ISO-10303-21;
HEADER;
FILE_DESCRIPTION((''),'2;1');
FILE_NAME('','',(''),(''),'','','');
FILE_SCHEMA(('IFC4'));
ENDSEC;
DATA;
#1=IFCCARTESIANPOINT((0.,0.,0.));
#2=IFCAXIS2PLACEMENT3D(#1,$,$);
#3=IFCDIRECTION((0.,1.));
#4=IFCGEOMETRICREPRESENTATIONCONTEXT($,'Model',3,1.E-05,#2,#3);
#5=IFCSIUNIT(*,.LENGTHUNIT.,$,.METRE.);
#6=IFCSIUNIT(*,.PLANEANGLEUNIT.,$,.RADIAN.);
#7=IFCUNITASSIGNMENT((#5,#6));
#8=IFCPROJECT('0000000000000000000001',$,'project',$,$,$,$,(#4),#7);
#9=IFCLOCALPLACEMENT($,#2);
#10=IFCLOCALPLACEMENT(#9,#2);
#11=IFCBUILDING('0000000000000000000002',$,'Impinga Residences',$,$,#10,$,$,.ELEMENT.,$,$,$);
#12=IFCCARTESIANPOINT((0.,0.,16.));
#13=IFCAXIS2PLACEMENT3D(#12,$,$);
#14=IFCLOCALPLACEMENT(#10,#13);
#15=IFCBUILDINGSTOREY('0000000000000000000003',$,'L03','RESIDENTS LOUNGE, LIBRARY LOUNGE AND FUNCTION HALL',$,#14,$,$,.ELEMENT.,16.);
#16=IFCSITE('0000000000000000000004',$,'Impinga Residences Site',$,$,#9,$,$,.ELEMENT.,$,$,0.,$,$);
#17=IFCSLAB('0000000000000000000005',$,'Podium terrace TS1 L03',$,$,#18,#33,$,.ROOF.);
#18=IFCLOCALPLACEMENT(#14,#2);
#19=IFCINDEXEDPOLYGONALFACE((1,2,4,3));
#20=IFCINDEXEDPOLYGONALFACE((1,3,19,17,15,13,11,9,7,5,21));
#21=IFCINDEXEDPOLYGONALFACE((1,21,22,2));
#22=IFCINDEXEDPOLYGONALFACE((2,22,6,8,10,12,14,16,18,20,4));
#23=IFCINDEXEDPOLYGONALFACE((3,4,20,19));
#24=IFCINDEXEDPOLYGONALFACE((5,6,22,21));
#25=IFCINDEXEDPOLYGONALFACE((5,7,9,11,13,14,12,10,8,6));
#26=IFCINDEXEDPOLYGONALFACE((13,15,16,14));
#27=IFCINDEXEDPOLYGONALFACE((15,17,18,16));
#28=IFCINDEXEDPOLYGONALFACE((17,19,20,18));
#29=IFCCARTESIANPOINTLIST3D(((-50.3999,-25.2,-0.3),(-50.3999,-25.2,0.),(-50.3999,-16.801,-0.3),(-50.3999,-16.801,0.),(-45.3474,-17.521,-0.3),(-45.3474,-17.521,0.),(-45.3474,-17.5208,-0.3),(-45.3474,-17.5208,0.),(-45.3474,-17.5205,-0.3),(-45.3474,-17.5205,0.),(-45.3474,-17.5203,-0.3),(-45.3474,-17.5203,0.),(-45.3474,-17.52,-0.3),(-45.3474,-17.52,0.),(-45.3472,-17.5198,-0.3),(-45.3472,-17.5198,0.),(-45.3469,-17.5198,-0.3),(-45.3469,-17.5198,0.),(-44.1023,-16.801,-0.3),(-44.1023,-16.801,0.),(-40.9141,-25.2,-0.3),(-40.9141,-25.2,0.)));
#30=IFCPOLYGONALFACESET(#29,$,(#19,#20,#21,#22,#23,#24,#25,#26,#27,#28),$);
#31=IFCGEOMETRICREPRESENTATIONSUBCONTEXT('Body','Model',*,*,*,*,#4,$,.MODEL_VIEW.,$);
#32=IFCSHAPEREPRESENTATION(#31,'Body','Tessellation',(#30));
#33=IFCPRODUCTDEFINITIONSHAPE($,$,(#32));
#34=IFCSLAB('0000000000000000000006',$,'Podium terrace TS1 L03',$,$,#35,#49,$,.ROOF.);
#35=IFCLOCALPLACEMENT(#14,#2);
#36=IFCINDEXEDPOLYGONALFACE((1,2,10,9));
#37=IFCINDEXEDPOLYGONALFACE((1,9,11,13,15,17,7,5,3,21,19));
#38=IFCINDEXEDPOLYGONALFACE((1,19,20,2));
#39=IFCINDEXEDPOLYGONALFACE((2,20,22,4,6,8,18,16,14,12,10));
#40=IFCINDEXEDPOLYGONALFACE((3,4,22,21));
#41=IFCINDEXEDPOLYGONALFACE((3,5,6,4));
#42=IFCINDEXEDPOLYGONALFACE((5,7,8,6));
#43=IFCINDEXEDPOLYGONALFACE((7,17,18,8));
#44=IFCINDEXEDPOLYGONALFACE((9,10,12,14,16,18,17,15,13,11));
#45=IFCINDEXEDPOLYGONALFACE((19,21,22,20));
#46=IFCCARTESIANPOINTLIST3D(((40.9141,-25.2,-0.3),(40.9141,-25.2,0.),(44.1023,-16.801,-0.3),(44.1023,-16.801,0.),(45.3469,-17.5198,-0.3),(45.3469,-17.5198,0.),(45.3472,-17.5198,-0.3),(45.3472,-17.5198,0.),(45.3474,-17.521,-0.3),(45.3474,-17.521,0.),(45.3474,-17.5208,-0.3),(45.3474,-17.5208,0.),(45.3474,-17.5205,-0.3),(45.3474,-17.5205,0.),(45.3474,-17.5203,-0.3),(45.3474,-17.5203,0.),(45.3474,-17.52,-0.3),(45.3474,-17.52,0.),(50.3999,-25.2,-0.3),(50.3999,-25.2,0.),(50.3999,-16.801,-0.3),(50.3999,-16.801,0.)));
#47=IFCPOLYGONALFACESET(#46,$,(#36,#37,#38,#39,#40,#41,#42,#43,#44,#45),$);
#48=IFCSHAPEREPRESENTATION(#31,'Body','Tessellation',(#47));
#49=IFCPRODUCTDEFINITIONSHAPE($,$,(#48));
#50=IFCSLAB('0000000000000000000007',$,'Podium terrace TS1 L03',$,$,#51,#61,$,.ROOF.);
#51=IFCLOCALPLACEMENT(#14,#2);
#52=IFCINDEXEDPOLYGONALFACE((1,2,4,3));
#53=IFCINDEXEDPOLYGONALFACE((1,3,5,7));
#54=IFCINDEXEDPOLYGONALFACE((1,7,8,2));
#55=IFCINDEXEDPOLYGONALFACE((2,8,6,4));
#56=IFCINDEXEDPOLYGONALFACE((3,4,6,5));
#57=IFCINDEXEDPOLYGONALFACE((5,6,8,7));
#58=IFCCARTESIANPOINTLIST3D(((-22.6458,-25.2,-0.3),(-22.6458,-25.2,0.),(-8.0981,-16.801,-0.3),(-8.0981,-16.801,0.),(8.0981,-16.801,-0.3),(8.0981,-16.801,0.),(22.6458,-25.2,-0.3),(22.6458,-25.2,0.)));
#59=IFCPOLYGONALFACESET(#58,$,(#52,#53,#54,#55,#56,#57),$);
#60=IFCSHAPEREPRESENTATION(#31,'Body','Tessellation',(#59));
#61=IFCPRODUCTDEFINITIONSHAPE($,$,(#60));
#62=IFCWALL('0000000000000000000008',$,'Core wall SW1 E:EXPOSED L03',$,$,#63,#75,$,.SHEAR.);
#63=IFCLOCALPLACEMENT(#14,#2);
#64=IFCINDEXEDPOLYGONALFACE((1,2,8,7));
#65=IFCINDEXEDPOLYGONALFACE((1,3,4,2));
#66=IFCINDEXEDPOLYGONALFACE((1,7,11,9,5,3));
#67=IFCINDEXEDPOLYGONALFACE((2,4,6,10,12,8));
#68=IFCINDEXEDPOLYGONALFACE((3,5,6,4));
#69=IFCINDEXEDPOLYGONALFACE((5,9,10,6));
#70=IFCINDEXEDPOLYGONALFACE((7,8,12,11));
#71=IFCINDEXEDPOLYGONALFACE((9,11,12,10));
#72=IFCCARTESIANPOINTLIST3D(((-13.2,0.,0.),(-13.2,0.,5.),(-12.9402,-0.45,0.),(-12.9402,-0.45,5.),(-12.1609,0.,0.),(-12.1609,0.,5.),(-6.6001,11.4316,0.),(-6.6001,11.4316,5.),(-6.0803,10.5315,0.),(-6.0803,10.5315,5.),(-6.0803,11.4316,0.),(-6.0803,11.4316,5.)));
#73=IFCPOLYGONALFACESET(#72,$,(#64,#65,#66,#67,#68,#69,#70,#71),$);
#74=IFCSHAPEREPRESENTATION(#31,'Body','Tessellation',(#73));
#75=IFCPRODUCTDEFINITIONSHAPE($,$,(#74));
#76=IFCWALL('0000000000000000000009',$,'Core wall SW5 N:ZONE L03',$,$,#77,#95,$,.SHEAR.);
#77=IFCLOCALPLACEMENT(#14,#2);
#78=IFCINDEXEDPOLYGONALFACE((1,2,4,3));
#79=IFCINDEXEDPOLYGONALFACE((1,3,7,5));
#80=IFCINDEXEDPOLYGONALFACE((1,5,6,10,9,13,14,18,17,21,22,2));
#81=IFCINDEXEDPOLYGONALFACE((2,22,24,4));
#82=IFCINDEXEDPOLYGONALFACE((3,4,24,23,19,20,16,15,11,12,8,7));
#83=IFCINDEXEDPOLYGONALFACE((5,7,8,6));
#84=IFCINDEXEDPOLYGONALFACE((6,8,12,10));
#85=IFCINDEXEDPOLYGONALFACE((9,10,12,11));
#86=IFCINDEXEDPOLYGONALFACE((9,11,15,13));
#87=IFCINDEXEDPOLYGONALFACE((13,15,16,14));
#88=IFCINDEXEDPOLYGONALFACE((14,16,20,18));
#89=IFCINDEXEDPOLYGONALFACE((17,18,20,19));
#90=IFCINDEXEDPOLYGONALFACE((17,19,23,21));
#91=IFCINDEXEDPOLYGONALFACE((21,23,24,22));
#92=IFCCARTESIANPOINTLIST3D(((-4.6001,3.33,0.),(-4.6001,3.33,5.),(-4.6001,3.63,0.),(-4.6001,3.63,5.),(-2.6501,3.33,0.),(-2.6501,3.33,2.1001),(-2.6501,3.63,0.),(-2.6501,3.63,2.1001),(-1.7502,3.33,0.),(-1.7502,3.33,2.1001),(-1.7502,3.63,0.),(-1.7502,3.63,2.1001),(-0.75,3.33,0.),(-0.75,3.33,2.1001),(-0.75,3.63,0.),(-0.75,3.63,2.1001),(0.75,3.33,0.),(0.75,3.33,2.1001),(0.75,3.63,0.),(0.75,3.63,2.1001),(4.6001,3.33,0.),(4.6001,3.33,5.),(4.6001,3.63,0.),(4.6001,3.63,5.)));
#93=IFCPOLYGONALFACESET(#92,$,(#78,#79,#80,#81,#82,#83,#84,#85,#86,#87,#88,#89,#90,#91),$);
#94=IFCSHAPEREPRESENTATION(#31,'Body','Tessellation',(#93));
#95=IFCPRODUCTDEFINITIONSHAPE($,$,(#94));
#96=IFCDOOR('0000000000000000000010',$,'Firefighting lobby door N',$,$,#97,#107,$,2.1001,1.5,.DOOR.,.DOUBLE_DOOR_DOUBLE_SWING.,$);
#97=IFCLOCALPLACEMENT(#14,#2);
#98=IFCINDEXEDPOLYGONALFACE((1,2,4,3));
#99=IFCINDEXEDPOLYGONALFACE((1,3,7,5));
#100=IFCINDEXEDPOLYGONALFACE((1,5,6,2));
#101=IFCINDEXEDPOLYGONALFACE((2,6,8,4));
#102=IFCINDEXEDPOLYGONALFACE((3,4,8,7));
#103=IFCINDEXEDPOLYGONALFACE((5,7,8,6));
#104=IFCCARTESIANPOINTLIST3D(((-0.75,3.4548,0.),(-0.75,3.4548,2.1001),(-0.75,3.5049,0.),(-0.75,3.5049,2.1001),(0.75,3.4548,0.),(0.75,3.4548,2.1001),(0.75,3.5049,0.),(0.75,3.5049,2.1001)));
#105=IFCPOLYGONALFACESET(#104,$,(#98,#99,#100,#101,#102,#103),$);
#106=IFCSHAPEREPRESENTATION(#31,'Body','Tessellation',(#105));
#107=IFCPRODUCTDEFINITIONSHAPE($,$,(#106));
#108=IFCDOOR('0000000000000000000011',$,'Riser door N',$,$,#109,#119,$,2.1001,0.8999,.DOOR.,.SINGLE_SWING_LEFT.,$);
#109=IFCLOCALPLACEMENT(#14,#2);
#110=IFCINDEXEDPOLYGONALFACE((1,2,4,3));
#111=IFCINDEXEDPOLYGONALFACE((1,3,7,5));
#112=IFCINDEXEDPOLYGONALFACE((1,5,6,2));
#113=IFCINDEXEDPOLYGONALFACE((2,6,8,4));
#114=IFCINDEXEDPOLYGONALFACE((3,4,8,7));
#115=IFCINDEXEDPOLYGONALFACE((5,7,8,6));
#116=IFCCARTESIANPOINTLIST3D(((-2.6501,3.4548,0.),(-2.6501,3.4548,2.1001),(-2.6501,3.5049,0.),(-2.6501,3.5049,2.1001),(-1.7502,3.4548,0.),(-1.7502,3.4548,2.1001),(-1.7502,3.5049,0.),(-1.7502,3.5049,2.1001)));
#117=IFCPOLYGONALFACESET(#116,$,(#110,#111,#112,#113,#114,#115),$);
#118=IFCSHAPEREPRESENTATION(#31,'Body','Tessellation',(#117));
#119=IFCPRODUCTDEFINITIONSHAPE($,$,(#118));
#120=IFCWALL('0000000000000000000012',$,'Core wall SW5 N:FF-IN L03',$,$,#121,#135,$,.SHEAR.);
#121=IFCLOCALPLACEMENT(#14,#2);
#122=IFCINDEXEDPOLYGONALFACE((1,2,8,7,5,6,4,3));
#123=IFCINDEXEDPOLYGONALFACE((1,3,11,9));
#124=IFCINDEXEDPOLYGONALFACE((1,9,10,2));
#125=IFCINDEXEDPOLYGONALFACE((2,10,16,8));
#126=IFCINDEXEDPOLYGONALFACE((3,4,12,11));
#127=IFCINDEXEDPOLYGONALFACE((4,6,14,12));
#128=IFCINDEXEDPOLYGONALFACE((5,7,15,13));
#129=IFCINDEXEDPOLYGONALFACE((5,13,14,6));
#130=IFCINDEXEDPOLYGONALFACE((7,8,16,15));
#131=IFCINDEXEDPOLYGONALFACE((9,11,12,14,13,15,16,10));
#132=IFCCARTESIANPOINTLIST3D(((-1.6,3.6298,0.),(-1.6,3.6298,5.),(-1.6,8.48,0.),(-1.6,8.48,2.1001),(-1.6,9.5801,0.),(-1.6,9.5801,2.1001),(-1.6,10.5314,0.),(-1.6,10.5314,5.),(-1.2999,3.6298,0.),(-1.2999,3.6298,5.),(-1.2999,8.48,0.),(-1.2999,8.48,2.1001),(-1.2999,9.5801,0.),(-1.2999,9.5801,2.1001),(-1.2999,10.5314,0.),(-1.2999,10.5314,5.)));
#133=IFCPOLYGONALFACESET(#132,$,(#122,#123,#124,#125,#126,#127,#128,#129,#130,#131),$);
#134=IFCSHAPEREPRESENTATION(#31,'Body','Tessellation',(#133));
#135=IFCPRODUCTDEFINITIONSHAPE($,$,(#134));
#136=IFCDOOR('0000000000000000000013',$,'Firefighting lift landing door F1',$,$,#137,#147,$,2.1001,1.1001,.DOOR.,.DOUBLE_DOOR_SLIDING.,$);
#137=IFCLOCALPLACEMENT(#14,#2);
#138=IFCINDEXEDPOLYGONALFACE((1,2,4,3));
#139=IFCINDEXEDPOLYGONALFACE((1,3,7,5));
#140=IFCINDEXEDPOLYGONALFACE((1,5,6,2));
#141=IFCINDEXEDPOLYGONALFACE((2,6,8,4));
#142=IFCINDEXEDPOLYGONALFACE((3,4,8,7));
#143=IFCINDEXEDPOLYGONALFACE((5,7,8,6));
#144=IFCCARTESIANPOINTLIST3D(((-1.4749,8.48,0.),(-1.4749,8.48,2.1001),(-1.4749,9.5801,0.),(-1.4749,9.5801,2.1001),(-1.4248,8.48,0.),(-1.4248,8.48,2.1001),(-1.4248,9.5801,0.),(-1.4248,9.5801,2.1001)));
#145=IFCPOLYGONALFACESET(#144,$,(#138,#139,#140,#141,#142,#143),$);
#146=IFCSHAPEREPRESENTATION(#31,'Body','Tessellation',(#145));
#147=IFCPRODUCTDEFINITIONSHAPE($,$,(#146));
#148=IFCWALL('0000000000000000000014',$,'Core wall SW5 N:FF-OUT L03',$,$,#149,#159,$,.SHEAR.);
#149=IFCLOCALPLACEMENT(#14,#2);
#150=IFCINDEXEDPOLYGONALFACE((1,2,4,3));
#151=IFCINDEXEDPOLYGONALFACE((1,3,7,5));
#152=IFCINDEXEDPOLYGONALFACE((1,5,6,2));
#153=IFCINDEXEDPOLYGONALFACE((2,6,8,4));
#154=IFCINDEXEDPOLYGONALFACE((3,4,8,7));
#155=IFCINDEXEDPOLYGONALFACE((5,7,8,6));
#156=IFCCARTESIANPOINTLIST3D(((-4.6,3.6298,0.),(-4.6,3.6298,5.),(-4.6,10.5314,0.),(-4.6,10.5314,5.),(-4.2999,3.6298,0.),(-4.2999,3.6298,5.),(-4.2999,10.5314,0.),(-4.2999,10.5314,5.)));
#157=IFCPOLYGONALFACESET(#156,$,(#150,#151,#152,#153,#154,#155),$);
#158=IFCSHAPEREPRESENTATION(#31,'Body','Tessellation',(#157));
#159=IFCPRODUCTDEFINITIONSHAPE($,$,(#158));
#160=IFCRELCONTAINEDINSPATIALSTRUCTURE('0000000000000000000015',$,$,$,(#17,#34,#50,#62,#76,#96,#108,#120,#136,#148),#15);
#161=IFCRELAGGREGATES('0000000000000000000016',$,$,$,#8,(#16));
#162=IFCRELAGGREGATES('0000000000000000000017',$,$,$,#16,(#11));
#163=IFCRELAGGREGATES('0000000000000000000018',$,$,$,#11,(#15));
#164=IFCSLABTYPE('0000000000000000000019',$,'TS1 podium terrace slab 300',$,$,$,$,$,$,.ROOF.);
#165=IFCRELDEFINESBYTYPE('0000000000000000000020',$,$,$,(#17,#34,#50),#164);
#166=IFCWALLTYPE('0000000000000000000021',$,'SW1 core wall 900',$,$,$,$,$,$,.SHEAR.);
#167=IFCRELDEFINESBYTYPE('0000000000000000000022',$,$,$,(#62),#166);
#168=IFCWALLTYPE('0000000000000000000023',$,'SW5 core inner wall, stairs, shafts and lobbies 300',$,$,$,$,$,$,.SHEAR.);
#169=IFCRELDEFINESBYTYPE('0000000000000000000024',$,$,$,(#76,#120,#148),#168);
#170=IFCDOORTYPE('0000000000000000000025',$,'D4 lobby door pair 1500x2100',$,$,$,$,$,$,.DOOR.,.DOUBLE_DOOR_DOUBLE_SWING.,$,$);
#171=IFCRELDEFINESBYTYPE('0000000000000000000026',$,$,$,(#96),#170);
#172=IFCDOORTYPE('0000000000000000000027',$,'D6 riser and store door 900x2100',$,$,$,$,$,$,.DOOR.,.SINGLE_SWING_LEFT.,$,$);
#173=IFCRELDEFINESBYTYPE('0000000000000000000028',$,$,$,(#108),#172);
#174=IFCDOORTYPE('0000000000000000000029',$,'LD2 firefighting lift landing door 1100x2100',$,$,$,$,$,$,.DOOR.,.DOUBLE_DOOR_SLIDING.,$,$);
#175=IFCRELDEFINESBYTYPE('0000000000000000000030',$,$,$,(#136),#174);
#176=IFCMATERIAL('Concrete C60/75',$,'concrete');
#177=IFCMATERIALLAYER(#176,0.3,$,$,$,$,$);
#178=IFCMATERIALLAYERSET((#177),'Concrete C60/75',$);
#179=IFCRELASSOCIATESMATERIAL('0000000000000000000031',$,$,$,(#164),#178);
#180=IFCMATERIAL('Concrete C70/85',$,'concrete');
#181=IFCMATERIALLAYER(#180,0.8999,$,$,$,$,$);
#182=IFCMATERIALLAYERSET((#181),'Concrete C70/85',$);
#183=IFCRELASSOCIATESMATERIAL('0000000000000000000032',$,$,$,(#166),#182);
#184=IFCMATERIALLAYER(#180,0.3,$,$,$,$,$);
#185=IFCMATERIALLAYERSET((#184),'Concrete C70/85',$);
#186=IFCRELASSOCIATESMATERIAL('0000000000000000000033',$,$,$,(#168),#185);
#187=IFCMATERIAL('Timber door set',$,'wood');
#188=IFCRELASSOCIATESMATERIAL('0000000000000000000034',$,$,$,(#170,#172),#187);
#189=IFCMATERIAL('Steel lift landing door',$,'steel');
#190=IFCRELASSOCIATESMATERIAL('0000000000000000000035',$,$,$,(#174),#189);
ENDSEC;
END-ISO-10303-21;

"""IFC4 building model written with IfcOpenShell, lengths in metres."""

from ifc_helpers import new_model, si_unit, direction, frame, frame_2d, origin, place, context, subcontext, project, spatial, polyline, rectangle, outline, extrude, material, layer, layer_set, type_object, element, fill, save


model = new_model("IFC4")

# Units and contexts
model_context = context("Model", 3, precision=1e-05, world=origin(), true_north=direction((0.0, 1.0)))
body_context = subcontext(model_context, "Body", "Model", "MODEL_VIEW")
ifc_project = project(units=[si_unit("LENGTHUNIT", "METRE"), si_unit("PLANEANGLEUNIT", "RADIAN")], contexts=[model_context])

# Site, building, storey
site_placement = place(None, origin())
site = spatial("IfcSite", under=ifc_project, at=site_placement, Name="Impinga Residences Site", CompositionType="ELEMENT", RefElevation=0.0)
building_placement = place(site_placement, origin())
building = spatial("IfcBuilding", under=site, at=building_placement, Name="Impinga Residences", CompositionType="ELEMENT")
storey_placement = place(building_placement, frame((0.0, 0.0, 16.0)))
storey = spatial("IfcBuildingStorey", under=building, at=storey_placement, Name="L03", Description="RESIDENTS LOUNGE, LIBRARY LOUNGE AND FUNCTION HALL", CompositionType="ELEMENT", Elevation=16.0)

# Shared definitions
ifc_material_1 = material(Name="Concrete C60/75", Category="concrete")

# Slabs
ifc_layer_1 = layer(ifc_material_1, 0.3)
ifc_layer_set_1 = layer_set([ifc_layer_1], Name="Concrete C60/75")
slab_type_1 = type_object("IfcSlabType", Name="TS1 podium terrace slab 300", PredefinedType="ROOF", material=ifc_layer_set_1)
slab_1_placement = place(storey_placement, frame((0.0, 0.0, -0.3)))
element("IfcSlab", 1, at=slab_1_placement, inside=storey, type_object=slab_type_1, Name="Podium terrace TS1 L03", PredefinedType="ROOF", context=body_context, shape_type="SweptSolid", body=[
    extrude(outline(polyline([(-50.3999, -25.2), (-50.3999, -16.801), (-44.1023, -16.801), (-45.3469, -17.5198), (-45.3472, -17.5198), (-45.3472, -17.5198), (-45.3472, -17.5198), (-45.3474, -17.52), (-45.3474, -17.52), (-45.3474, -17.52), (-45.3474, -17.5203), (-45.3474, -17.5203), (-45.3474, -17.5205), (-45.3474, -17.5205), (-45.3474, -17.5205), (-45.3474, -17.5208), (-45.3474, -17.5208), (-45.3474, -17.521), (-45.3474, -17.521), (-45.3474, -17.521), (-40.9141, -25.2), (-50.3999, -25.2)])), origin(), (0.0, 0.0, 1.0), 0.3),
])
slab_2_placement = place(storey_placement, frame((0.0, 0.0, -0.3)))
element("IfcSlab", 2, at=slab_2_placement, inside=storey, type_object=slab_type_1, Name="Podium terrace TS1 L03", PredefinedType="ROOF", context=body_context, shape_type="SweptSolid", body=[
    extrude(outline(polyline([(50.3999, -25.2), (40.9141, -25.2), (45.3474, -17.521), (45.3474, -17.521), (45.3474, -17.521), (45.3474, -17.5208), (45.3474, -17.5208), (45.3474, -17.5205), (45.3474, -17.5205), (45.3474, -17.5205), (45.3474, -17.5203), (45.3474, -17.5203), (45.3474, -17.52), (45.3474, -17.52), (45.3474, -17.52), (45.3472, -17.5198), (45.3472, -17.5198), (45.3472, -17.5198), (45.3469, -17.5198), (44.1023, -16.801), (50.3999, -16.801), (50.3999, -25.2)])), origin(), (0.0, 0.0, 1.0), 0.3),
])
slab_3_placement = place(storey_placement, frame((0.0, 0.0, -0.3)))
element("IfcSlab", 3, at=slab_3_placement, inside=storey, type_object=slab_type_1, Name="Podium terrace TS1 L03", PredefinedType="ROOF", context=body_context, shape_type="SweptSolid", body=[
    extrude(outline(polyline([(-22.6458, -25.2), (-8.0981, -16.801), (8.0981, -16.801), (22.6458, -25.2), (-22.6458, -25.2)])), origin(), (0.0, 0.0, 1.0), 0.3),
])

# Wall
ifc_material_2 = material(Name="Concrete C70/85", Category="concrete")
ifc_layer_2 = layer(ifc_material_2, 0.8999)
ifc_layer_set_2 = layer_set([ifc_layer_2], Name="Concrete C70/85")
wall_type_1 = type_object("IfcWallType", Name="SW1 core wall 900", PredefinedType="SHEAR", material=ifc_layer_set_2)
wall_1_placement = place(storey_placement, origin())
element("IfcWall", 4, at=wall_1_placement, inside=storey, type_object=wall_type_1, Name="Core wall SW1 E:EXPOSED L03", PredefinedType="SHEAR", context=body_context, shape_type="SweptSolid", body=[
    extrude(outline(polyline([(-6.6001, 11.4316), (-13.2, 0.0), (-12.9402, -0.45), (-12.1609, 0.0), (-6.0803, 10.5315), (-6.0803, 11.4316), (-6.6001, 11.4316)])), origin(), (0.0, 0.0, 1.0), 5.0),
])

# Wall, openings, doors
ifc_layer_3 = layer(ifc_material_2, 0.3)
ifc_layer_set_3 = layer_set([ifc_layer_3], Name="Concrete C70/85")
wall_type_2 = type_object("IfcWallType", Name="SW5 core inner wall, stairs, shafts and lobbies 300", PredefinedType="SHEAR", material=ifc_layer_set_3)
wall_2_placement = place(storey_placement, frame((-4.6001, 3.48, 0.0), z_axis=(0.0, 0.0, 1.0), x_axis=(1.0, 0.0, 0.0)))
wall_2 = element("IfcWall", 5, at=wall_2_placement, inside=storey, type_object=wall_type_2, Name="Core wall SW5 N:ZONE L03", PredefinedType="SHEAR", context=body_context, shape_type="SweptSolid", body=[
    extrude(rectangle(XDim=9.2002, YDim=0.3, at=frame_2d((4.6001, 0.0))), origin(), (0.0, 0.0, 1.0), 5.0),
])
opening_1_placement = place(wall_2_placement, frame((3.8501, 0.0, 0.0)))
opening_1 = element("IfcOpeningElement", 6, at=opening_1_placement, cuts=wall_2, PredefinedType="OPENING", context=body_context, shape_type="SweptSolid", body=[
    extrude(rectangle(XDim=1.5, YDim=2.1001, at=frame_2d((0.75, 1.05))), frame((0.0, 0.1599, 0.0), z_axis=(0.0, -1.0, 0.0), x_axis=(1.0, 0.0, 0.0)), (0.0, 0.0, 1.0), 0.3201),
])
opening_2_placement = place(wall_2_placement, frame((1.95, 0.0, 0.0)))
opening_2 = element("IfcOpeningElement", 7, at=opening_2_placement, cuts=wall_2, PredefinedType="OPENING", context=body_context, shape_type="SweptSolid", body=[
    extrude(rectangle(XDim=0.8999, YDim=2.1001, at=frame_2d((0.45, 1.05))), frame((0.0, 0.1599, 0.0), z_axis=(0.0, -1.0, 0.0), x_axis=(1.0, 0.0, 0.0)), (0.0, 0.0, 1.0), 0.3201),
])
ifc_material_3 = material(Name="Timber door set", Category="wood")
door_type_1 = type_object("IfcDoorType", Name="D4 lobby door pair 1500x2100", OperationType="DOUBLE_DOOR_DOUBLE_SWING", PredefinedType="DOOR", material=ifc_material_3)
door_1_placement = place(opening_1_placement, origin())
door_1 = element("IfcDoor", 8, at=door_1_placement, inside=storey, type_object=door_type_1, Name="Firefighting lobby door N", OperationType="DOUBLE_DOOR_DOUBLE_SWING", OverallHeight=2.1001, OverallWidth=1.5, PredefinedType="DOOR", context=body_context, shape_type="SweptSolid", body=[
    extrude(rectangle(XDim=1.5, YDim=2.1001, at=frame_2d((0.75, 1.05))), frame((0.0, 0.0249, 0.0), z_axis=(0.0, -1.0, 0.0), x_axis=(1.0, 0.0, 0.0)), (0.0, 0.0, 1.0), 0.05),
])
fill(opening_1, door_1)
door_type_2 = type_object("IfcDoorType", Name="D6 riser and store door 900x2100", OperationType="SINGLE_SWING_LEFT", PredefinedType="DOOR", material=ifc_material_3)
door_2_placement = place(opening_2_placement, origin())
door_2 = element("IfcDoor", 9, at=door_2_placement, inside=storey, type_object=door_type_2, Name="Riser door N", OperationType="SINGLE_SWING_LEFT", OverallHeight=2.1001, OverallWidth=0.8999, PredefinedType="DOOR", context=body_context, shape_type="SweptSolid", body=[
    extrude(rectangle(XDim=0.8999, YDim=2.1001, at=frame_2d((0.45, 1.05))), frame((0.0, 0.0249, 0.0), z_axis=(0.0, -1.0, 0.0), x_axis=(1.0, 0.0, 0.0)), (0.0, 0.0, 1.0), 0.05),
])
fill(opening_2, door_2)

# Wall, opening, door
wall_3_placement = place(storey_placement, frame((-1.45, 3.6299, 0.0), z_axis=(0.0, 0.0, 1.0), x_axis=(0.0, 1.0, 0.0)))
wall_3 = element("IfcWall", 10, at=wall_3_placement, inside=storey, type_object=wall_type_2, Name="Core wall SW5 N:FF-IN L03", PredefinedType="SHEAR", context=body_context, shape_type="SweptSolid", body=[
    extrude(rectangle(XDim=6.9016, YDim=0.3, at=frame_2d((3.4507, 0.0))), origin(), (0.0, 0.0, 1.0), 5.0),
])
opening_3_placement = place(wall_3_placement, frame((4.8501, 0.0, 0.0)))
opening_3 = element("IfcOpeningElement", 11, at=opening_3_placement, cuts=wall_3, PredefinedType="OPENING", context=body_context, shape_type="SweptSolid", body=[
    extrude(rectangle(XDim=1.1001, YDim=2.1001, at=frame_2d((0.55, 1.05))), frame((0.0, 0.1599, 0.0), z_axis=(0.0, -1.0, 0.0), x_axis=(1.0, 0.0, 0.0)), (0.0, 0.0, 1.0), 0.3201),
])
ifc_material_4 = material(Name="Steel lift landing door", Category="steel")
door_type_3 = type_object("IfcDoorType", Name="LD2 firefighting lift landing door 1100x2100", OperationType="DOUBLE_DOOR_SLIDING", PredefinedType="DOOR", material=ifc_material_4)
door_3_placement = place(opening_3_placement, origin())
door_3 = element("IfcDoor", 12, at=door_3_placement, inside=storey, type_object=door_type_3, Name="Firefighting lift landing door F1", OperationType="DOUBLE_DOOR_SLIDING", OverallHeight=2.1001, OverallWidth=1.1001, PredefinedType="DOOR", context=body_context, shape_type="SweptSolid", body=[
    extrude(rectangle(XDim=1.1001, YDim=2.1001, at=frame_2d((0.55, 1.05))), frame((0.0, 0.0249, 0.0), z_axis=(0.0, -1.0, 0.0), x_axis=(1.0, 0.0, 0.0)), (0.0, 0.0, 1.0), 0.05),
])
fill(opening_3, door_3)

# Wall
wall_4_placement = place(storey_placement, frame((-4.45, 3.6299, 0.0), z_axis=(0.0, 0.0, 1.0), x_axis=(0.0, 1.0, 0.0)))
element("IfcWall", 13, at=wall_4_placement, inside=storey, type_object=wall_type_2, Name="Core wall SW5 N:FF-OUT L03", PredefinedType="SHEAR", context=body_context, shape_type="SweptSolid", body=[
    extrude(rectangle(XDim=6.9016, YDim=0.3, at=frame_2d((3.4507, 0.0))), origin(), (0.0, 0.0, 1.0), 5.0),
])

save(model, "model.ifc")
